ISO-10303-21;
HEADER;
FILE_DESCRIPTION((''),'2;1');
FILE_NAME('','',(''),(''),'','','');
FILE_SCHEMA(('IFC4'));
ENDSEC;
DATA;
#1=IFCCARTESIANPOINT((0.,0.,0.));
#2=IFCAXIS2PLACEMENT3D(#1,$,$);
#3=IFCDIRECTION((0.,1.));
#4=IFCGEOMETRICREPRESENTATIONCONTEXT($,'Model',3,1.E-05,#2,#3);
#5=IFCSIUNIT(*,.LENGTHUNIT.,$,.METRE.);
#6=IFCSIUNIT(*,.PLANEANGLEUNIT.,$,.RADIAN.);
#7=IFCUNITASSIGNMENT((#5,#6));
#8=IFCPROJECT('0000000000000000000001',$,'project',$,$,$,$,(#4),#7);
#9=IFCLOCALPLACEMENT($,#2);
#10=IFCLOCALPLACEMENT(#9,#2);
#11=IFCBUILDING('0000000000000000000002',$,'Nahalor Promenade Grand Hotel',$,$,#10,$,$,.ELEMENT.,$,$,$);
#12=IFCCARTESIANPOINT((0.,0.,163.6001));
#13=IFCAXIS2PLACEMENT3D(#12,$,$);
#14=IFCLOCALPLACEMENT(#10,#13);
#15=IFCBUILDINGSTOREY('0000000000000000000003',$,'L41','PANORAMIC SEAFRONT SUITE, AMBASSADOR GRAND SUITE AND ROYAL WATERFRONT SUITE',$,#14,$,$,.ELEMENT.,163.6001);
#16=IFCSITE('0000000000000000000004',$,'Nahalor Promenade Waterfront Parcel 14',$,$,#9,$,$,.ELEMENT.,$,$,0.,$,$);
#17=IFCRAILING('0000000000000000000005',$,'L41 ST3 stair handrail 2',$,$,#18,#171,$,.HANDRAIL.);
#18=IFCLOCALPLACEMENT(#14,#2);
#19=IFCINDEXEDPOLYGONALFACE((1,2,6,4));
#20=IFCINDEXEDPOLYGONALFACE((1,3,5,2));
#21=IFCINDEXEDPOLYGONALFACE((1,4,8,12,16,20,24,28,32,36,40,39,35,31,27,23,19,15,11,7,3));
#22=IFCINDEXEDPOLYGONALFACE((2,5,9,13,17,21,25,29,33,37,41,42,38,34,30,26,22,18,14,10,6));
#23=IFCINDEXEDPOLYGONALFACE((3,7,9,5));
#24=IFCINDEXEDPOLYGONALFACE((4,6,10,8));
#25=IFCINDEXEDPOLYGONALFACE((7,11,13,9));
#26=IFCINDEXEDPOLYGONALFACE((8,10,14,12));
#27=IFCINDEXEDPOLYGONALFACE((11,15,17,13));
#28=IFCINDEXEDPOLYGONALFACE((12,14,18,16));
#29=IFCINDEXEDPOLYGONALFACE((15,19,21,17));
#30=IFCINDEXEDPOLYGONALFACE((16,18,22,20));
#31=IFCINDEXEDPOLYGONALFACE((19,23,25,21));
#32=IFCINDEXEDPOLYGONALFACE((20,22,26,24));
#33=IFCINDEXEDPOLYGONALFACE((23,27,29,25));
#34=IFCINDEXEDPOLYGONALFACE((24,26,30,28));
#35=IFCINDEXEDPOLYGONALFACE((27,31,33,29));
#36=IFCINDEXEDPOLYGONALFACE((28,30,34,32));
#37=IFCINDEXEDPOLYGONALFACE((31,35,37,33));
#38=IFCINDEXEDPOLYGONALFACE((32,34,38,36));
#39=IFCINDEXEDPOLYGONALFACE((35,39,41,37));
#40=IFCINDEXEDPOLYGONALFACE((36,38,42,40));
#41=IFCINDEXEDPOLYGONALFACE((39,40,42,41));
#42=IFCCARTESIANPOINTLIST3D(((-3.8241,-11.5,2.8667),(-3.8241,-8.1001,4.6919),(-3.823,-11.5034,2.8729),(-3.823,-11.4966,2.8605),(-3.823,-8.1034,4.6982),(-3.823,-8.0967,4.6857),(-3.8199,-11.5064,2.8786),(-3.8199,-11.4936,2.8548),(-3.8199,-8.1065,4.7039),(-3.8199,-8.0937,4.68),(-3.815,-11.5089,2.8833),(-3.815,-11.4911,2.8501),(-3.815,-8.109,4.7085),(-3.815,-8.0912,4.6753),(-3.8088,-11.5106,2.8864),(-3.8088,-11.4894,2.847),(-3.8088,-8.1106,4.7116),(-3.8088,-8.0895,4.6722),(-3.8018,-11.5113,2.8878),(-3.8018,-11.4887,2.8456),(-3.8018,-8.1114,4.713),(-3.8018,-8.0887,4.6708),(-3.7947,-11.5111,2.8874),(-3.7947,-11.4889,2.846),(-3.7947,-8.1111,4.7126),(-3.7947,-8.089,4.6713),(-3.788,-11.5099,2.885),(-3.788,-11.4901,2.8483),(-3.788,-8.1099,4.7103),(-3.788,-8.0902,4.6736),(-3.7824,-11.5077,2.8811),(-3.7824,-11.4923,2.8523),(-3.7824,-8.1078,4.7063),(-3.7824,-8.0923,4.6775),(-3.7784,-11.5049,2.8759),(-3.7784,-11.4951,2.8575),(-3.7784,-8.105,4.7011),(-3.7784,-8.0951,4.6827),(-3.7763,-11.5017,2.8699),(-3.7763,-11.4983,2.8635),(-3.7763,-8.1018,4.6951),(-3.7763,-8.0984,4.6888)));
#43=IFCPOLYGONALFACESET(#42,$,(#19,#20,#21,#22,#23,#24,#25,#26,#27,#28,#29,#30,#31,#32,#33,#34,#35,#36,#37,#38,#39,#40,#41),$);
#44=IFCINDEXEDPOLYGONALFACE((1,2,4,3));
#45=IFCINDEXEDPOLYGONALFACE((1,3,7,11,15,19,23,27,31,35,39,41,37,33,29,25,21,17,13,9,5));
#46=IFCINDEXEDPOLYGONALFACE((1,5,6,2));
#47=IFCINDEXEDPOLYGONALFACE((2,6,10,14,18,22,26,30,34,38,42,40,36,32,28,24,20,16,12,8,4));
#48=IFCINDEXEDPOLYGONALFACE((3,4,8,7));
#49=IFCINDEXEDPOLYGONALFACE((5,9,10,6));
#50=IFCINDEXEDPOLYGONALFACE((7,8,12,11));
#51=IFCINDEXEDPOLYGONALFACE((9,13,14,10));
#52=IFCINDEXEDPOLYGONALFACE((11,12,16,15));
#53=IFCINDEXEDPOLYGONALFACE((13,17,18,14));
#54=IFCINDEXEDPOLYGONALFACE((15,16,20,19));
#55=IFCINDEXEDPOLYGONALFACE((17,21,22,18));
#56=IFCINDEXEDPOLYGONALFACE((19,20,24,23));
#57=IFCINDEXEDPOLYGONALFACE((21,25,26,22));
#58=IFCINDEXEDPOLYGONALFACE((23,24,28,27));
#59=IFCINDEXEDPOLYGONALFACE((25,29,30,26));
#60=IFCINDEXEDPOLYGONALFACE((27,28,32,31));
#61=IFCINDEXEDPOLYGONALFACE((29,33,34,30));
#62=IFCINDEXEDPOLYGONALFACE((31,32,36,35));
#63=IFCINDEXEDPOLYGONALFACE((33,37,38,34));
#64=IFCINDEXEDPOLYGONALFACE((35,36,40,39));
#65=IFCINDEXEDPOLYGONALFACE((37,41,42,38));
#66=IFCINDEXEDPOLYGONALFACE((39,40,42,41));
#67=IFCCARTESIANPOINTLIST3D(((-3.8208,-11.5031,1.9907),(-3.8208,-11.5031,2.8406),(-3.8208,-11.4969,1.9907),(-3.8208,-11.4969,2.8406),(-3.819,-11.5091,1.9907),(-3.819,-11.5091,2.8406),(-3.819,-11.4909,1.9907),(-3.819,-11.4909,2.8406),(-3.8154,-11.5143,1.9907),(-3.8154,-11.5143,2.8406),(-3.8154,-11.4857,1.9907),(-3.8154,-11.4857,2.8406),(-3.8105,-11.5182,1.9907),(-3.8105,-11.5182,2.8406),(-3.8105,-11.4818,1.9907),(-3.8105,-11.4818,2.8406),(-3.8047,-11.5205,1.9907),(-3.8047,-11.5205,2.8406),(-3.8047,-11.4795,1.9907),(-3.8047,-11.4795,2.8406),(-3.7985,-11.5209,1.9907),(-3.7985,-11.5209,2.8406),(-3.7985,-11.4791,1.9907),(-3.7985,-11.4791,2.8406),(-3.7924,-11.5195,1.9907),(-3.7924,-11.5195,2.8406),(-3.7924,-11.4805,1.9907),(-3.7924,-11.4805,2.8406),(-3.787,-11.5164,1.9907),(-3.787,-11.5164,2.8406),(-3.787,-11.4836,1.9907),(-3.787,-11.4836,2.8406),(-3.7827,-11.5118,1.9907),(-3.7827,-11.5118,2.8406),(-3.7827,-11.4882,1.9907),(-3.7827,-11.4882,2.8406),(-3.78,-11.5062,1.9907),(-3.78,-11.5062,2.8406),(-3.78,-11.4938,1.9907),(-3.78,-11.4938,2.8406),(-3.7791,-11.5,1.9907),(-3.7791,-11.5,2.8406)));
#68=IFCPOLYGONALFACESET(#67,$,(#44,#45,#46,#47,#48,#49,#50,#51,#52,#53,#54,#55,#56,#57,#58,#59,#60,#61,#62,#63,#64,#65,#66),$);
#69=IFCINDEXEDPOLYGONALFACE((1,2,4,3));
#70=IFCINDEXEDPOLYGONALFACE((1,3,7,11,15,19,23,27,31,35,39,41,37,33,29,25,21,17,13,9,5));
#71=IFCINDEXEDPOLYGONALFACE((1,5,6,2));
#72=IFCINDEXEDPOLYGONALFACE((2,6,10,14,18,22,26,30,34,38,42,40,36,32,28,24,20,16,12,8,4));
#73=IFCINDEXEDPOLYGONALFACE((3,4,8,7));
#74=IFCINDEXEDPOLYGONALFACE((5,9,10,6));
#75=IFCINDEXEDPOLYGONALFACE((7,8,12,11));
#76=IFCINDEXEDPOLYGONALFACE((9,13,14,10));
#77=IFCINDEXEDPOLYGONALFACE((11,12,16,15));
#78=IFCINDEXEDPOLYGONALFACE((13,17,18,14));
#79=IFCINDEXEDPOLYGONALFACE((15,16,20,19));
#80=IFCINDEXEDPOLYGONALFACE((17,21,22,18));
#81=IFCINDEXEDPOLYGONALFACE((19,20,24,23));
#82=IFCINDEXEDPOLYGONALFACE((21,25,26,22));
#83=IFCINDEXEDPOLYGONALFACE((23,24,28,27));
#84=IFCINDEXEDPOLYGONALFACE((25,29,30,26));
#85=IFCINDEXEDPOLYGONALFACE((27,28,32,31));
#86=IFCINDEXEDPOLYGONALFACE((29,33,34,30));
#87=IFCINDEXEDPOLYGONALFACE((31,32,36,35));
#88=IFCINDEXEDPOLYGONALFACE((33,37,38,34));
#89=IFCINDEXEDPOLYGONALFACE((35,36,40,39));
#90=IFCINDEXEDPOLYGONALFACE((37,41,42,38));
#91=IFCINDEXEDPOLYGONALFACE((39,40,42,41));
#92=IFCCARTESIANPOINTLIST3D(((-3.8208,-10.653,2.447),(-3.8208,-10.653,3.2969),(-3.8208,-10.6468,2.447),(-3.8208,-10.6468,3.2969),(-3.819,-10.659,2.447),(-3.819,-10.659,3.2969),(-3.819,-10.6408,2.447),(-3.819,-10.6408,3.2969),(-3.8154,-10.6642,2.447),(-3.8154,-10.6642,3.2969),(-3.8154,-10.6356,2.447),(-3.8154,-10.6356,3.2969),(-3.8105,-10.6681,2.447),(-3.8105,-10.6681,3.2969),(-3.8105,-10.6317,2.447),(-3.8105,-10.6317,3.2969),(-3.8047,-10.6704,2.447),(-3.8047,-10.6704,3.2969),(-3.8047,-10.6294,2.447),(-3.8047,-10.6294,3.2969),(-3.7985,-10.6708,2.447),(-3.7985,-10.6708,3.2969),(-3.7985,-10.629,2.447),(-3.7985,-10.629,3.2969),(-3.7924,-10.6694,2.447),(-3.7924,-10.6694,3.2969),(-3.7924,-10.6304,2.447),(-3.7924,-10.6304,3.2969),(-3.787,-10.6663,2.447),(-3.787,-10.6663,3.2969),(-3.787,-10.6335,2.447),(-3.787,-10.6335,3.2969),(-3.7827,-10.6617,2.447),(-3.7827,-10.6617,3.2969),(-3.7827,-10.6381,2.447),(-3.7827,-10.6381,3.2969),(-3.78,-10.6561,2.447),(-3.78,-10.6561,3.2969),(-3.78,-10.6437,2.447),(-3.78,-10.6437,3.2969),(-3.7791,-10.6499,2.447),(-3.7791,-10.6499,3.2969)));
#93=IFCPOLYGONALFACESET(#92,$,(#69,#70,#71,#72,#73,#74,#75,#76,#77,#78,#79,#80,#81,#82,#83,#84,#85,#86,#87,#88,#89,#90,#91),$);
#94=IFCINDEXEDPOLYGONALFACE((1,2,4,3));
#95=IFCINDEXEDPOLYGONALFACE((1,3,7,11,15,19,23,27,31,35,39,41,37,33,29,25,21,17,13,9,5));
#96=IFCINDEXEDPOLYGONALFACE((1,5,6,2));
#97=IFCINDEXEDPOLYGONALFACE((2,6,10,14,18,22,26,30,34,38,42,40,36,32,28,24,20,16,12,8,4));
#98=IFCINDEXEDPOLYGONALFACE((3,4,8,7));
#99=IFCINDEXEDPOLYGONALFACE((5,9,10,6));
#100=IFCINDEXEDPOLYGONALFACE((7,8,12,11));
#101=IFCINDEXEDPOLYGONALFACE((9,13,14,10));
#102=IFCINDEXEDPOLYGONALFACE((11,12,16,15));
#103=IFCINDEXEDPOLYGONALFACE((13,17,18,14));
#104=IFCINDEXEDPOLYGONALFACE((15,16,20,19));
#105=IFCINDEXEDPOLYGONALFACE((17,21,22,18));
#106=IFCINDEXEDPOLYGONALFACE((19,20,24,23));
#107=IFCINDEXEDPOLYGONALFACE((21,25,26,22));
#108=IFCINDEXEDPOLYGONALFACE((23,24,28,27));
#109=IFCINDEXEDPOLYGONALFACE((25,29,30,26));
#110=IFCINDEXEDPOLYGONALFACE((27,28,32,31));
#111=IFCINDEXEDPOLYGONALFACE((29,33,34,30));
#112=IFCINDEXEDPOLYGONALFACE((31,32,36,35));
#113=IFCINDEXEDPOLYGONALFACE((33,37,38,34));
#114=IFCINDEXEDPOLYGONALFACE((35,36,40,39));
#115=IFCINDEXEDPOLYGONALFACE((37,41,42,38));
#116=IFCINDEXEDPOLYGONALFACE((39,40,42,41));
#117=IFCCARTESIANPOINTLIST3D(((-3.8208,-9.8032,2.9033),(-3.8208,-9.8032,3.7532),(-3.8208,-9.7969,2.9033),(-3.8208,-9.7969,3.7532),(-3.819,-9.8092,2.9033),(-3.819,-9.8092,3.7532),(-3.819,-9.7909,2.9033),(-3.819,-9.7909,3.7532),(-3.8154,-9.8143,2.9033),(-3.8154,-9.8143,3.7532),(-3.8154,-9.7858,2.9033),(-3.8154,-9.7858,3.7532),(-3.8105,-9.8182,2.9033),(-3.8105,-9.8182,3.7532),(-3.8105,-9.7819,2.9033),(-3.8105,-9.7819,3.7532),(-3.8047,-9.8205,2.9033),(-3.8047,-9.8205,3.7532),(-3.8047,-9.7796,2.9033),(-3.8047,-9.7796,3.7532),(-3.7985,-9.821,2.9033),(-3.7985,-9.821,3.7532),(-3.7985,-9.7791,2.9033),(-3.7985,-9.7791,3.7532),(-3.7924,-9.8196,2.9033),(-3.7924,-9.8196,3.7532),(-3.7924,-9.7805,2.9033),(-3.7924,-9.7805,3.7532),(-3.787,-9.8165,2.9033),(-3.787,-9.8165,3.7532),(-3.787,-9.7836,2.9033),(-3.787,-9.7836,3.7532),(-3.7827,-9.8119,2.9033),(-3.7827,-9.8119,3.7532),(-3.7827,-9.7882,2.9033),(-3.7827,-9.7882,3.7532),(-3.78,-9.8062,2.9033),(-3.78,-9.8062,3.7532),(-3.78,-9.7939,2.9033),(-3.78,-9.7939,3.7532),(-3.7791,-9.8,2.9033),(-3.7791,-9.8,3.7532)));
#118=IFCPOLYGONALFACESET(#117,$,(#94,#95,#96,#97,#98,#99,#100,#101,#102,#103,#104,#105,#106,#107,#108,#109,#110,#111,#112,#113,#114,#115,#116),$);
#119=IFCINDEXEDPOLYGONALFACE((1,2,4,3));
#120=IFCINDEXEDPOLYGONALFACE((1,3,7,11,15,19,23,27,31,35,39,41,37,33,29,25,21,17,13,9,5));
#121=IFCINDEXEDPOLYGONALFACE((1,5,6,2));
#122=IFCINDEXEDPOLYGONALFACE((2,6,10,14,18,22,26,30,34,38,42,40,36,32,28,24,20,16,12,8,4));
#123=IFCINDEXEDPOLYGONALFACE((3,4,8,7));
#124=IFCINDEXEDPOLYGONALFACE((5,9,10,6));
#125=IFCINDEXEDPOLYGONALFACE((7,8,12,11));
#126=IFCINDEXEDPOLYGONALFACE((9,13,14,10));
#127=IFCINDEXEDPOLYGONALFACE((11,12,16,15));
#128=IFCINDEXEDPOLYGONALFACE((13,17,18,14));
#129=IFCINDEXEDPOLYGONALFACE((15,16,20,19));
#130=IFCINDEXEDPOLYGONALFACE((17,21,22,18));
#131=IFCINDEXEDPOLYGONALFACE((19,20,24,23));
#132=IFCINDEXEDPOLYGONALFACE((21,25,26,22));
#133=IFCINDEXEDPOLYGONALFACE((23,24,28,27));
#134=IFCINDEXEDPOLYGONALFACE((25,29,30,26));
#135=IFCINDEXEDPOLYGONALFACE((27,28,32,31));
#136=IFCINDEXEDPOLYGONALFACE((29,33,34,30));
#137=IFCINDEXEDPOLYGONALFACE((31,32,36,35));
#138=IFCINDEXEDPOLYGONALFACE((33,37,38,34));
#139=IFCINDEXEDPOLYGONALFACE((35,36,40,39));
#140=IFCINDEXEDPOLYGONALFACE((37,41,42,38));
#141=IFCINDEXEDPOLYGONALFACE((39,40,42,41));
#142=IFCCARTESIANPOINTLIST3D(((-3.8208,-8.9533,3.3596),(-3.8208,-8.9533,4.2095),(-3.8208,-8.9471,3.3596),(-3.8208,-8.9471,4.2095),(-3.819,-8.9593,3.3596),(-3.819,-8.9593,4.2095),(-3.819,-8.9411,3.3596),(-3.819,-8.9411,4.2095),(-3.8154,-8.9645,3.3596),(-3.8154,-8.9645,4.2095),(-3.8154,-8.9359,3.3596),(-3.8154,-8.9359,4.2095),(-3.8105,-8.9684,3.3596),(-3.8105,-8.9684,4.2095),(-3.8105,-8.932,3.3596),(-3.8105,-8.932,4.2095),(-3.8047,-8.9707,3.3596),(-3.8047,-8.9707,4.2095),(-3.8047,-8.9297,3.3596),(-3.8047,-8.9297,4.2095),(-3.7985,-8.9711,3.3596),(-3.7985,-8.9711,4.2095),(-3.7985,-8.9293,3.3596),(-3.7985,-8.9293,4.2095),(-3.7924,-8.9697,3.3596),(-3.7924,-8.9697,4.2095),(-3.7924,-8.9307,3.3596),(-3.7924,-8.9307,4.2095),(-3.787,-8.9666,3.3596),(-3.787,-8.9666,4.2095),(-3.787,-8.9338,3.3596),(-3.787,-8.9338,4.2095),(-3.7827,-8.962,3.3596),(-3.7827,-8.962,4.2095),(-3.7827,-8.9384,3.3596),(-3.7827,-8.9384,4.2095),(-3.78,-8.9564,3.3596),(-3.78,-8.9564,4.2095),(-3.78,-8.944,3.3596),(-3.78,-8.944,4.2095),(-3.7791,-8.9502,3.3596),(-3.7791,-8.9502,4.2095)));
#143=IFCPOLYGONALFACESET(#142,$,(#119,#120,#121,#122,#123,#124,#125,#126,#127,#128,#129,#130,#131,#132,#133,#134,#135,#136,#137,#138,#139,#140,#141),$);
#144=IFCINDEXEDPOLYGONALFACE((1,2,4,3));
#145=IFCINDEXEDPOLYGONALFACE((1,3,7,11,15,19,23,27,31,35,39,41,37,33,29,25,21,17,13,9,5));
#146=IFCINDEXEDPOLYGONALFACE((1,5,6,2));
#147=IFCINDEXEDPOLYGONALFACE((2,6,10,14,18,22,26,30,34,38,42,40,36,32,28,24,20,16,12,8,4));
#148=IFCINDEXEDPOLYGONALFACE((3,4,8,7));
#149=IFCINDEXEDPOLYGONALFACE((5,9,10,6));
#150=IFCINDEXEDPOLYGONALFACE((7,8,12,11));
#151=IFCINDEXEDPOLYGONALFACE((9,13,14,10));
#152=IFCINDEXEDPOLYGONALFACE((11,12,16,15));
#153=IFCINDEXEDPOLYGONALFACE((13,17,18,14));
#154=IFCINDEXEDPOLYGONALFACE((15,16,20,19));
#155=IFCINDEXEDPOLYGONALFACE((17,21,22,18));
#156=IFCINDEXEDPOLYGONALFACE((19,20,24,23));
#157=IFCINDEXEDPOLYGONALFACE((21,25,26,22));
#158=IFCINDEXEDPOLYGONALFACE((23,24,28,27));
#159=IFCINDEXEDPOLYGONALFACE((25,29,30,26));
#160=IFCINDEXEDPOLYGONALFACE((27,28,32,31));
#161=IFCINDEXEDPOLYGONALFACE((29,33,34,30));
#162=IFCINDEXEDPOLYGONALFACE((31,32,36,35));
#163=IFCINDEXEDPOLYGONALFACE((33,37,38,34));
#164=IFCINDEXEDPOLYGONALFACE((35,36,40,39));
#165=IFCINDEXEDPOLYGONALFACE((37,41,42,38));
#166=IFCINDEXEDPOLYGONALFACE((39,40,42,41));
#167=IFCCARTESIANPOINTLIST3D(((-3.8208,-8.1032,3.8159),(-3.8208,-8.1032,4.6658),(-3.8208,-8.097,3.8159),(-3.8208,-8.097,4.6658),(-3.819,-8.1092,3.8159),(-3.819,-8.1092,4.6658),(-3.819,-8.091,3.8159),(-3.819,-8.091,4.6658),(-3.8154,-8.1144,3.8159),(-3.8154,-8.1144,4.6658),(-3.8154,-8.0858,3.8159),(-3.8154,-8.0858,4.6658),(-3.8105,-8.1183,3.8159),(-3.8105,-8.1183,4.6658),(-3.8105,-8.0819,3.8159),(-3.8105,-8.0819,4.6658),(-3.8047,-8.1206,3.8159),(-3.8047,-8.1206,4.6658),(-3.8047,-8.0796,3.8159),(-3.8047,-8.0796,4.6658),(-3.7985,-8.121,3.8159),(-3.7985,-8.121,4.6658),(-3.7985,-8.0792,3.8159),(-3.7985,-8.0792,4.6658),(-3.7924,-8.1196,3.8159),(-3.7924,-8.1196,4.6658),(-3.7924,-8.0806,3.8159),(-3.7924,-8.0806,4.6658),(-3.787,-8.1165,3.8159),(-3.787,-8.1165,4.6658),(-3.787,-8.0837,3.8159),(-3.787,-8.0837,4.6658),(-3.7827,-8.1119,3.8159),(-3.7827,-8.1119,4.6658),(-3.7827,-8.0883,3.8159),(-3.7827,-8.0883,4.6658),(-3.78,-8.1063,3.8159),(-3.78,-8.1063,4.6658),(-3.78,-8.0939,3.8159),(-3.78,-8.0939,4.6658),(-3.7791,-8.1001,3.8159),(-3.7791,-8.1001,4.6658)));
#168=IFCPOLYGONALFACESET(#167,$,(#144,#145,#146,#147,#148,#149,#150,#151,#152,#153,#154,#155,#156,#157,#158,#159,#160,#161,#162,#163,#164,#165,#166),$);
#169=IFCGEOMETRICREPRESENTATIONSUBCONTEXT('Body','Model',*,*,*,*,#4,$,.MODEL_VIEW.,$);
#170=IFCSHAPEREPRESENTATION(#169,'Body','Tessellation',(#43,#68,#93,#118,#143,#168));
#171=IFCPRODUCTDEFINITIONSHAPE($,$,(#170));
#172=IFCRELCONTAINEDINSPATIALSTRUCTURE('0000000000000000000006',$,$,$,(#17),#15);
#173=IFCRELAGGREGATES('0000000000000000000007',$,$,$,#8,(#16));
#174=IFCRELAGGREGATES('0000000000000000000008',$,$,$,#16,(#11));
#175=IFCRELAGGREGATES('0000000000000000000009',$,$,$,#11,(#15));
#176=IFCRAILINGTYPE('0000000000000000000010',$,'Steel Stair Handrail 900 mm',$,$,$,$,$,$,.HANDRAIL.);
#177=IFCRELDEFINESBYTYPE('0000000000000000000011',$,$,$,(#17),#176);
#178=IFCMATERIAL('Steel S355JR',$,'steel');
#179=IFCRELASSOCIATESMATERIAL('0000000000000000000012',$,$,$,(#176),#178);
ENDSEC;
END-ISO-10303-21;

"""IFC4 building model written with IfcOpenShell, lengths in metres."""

from ifc_helpers import new_model, si_unit, direction, frame, origin, origin_2d, place, context, subcontext, project, spatial, circle, extrude, material, type_object, element, save


model = new_model("IFC4")

# Units and contexts
model_context = context("Model", 3, precision=1e-05, world=origin(), true_north=direction((0.0, 1.0)))
body_context = subcontext(model_context, "Body", "Model", "MODEL_VIEW")
ifc_project = project(units=[si_unit("LENGTHUNIT", "METRE"), si_unit("PLANEANGLEUNIT", "RADIAN")], contexts=[model_context])

# Site, building, storey
site_placement = place(None, origin())
site = spatial("IfcSite", under=ifc_project, at=site_placement, Name="Nahalor Promenade Waterfront Parcel 14", CompositionType="ELEMENT", RefElevation=0.0)
building_placement = place(site_placement, origin())
building = spatial("IfcBuilding", under=site, at=building_placement, Name="Nahalor Promenade Grand Hotel", CompositionType="ELEMENT")
storey_placement = place(building_placement, frame((0.0, 0.0, 163.6001)))
storey = spatial("IfcBuildingStorey", under=building, at=storey_placement, Name="L41", Description="PANORAMIC SEAFRONT SUITE, AMBASSADOR GRAND SUITE AND ROYAL WATERFRONT SUITE", CompositionType="ELEMENT", Elevation=163.6001)

# Shared definitions
ifc_material_1 = material(Name="Steel S355JR", Category="steel")

# Railing
railing_type_1 = type_object("IfcRailingType", Name="Steel Stair Handrail 900 mm", PredefinedType="HANDRAIL", material=ifc_material_1)
railing_1_placement = place(storey_placement, frame((-3.8, -11.5, 1.9907)))
element("IfcRailing", 1, at=railing_1_placement, inside=storey, type_object=railing_type_1, Name="L41 ST3 stair handrail 2", PredefinedType="HANDRAIL", context=body_context, shape_type="SweptSolid", body=[
    extrude(circle(Radius=0.024, at=origin_2d()), frame((0.0, 0.0, 0.876), z_axis=(0.0, 0.881068, 0.47299), x_axis=(-1.0, 0.0, 0.0)), (0.0, 0.0, 1.0), 3.8589),
    extrude(circle(Radius=0.021, at=origin_2d()), origin(), (0.0, 0.0, 1.0), 0.8499),
    extrude(circle(Radius=0.021, at=origin_2d()), frame((0.0, 0.8501, 0.4563)), (0.0, 0.0, 1.0), 0.8499),
    extrude(circle(Radius=0.021, at=origin_2d()), frame((0.0, 1.7, 0.9126)), (0.0, 0.0, 1.0), 0.8499),
    extrude(circle(Radius=0.021, at=origin_2d()), frame((0.0, 2.5498, 1.3689)), (0.0, 0.0, 1.0), 0.8499),
    extrude(circle(Radius=0.021, at=origin_2d()), frame((0.0, 3.3999, 1.8252)), (0.0, 0.0, 1.0), 0.8499),
])

save(model, "model.ifc")
